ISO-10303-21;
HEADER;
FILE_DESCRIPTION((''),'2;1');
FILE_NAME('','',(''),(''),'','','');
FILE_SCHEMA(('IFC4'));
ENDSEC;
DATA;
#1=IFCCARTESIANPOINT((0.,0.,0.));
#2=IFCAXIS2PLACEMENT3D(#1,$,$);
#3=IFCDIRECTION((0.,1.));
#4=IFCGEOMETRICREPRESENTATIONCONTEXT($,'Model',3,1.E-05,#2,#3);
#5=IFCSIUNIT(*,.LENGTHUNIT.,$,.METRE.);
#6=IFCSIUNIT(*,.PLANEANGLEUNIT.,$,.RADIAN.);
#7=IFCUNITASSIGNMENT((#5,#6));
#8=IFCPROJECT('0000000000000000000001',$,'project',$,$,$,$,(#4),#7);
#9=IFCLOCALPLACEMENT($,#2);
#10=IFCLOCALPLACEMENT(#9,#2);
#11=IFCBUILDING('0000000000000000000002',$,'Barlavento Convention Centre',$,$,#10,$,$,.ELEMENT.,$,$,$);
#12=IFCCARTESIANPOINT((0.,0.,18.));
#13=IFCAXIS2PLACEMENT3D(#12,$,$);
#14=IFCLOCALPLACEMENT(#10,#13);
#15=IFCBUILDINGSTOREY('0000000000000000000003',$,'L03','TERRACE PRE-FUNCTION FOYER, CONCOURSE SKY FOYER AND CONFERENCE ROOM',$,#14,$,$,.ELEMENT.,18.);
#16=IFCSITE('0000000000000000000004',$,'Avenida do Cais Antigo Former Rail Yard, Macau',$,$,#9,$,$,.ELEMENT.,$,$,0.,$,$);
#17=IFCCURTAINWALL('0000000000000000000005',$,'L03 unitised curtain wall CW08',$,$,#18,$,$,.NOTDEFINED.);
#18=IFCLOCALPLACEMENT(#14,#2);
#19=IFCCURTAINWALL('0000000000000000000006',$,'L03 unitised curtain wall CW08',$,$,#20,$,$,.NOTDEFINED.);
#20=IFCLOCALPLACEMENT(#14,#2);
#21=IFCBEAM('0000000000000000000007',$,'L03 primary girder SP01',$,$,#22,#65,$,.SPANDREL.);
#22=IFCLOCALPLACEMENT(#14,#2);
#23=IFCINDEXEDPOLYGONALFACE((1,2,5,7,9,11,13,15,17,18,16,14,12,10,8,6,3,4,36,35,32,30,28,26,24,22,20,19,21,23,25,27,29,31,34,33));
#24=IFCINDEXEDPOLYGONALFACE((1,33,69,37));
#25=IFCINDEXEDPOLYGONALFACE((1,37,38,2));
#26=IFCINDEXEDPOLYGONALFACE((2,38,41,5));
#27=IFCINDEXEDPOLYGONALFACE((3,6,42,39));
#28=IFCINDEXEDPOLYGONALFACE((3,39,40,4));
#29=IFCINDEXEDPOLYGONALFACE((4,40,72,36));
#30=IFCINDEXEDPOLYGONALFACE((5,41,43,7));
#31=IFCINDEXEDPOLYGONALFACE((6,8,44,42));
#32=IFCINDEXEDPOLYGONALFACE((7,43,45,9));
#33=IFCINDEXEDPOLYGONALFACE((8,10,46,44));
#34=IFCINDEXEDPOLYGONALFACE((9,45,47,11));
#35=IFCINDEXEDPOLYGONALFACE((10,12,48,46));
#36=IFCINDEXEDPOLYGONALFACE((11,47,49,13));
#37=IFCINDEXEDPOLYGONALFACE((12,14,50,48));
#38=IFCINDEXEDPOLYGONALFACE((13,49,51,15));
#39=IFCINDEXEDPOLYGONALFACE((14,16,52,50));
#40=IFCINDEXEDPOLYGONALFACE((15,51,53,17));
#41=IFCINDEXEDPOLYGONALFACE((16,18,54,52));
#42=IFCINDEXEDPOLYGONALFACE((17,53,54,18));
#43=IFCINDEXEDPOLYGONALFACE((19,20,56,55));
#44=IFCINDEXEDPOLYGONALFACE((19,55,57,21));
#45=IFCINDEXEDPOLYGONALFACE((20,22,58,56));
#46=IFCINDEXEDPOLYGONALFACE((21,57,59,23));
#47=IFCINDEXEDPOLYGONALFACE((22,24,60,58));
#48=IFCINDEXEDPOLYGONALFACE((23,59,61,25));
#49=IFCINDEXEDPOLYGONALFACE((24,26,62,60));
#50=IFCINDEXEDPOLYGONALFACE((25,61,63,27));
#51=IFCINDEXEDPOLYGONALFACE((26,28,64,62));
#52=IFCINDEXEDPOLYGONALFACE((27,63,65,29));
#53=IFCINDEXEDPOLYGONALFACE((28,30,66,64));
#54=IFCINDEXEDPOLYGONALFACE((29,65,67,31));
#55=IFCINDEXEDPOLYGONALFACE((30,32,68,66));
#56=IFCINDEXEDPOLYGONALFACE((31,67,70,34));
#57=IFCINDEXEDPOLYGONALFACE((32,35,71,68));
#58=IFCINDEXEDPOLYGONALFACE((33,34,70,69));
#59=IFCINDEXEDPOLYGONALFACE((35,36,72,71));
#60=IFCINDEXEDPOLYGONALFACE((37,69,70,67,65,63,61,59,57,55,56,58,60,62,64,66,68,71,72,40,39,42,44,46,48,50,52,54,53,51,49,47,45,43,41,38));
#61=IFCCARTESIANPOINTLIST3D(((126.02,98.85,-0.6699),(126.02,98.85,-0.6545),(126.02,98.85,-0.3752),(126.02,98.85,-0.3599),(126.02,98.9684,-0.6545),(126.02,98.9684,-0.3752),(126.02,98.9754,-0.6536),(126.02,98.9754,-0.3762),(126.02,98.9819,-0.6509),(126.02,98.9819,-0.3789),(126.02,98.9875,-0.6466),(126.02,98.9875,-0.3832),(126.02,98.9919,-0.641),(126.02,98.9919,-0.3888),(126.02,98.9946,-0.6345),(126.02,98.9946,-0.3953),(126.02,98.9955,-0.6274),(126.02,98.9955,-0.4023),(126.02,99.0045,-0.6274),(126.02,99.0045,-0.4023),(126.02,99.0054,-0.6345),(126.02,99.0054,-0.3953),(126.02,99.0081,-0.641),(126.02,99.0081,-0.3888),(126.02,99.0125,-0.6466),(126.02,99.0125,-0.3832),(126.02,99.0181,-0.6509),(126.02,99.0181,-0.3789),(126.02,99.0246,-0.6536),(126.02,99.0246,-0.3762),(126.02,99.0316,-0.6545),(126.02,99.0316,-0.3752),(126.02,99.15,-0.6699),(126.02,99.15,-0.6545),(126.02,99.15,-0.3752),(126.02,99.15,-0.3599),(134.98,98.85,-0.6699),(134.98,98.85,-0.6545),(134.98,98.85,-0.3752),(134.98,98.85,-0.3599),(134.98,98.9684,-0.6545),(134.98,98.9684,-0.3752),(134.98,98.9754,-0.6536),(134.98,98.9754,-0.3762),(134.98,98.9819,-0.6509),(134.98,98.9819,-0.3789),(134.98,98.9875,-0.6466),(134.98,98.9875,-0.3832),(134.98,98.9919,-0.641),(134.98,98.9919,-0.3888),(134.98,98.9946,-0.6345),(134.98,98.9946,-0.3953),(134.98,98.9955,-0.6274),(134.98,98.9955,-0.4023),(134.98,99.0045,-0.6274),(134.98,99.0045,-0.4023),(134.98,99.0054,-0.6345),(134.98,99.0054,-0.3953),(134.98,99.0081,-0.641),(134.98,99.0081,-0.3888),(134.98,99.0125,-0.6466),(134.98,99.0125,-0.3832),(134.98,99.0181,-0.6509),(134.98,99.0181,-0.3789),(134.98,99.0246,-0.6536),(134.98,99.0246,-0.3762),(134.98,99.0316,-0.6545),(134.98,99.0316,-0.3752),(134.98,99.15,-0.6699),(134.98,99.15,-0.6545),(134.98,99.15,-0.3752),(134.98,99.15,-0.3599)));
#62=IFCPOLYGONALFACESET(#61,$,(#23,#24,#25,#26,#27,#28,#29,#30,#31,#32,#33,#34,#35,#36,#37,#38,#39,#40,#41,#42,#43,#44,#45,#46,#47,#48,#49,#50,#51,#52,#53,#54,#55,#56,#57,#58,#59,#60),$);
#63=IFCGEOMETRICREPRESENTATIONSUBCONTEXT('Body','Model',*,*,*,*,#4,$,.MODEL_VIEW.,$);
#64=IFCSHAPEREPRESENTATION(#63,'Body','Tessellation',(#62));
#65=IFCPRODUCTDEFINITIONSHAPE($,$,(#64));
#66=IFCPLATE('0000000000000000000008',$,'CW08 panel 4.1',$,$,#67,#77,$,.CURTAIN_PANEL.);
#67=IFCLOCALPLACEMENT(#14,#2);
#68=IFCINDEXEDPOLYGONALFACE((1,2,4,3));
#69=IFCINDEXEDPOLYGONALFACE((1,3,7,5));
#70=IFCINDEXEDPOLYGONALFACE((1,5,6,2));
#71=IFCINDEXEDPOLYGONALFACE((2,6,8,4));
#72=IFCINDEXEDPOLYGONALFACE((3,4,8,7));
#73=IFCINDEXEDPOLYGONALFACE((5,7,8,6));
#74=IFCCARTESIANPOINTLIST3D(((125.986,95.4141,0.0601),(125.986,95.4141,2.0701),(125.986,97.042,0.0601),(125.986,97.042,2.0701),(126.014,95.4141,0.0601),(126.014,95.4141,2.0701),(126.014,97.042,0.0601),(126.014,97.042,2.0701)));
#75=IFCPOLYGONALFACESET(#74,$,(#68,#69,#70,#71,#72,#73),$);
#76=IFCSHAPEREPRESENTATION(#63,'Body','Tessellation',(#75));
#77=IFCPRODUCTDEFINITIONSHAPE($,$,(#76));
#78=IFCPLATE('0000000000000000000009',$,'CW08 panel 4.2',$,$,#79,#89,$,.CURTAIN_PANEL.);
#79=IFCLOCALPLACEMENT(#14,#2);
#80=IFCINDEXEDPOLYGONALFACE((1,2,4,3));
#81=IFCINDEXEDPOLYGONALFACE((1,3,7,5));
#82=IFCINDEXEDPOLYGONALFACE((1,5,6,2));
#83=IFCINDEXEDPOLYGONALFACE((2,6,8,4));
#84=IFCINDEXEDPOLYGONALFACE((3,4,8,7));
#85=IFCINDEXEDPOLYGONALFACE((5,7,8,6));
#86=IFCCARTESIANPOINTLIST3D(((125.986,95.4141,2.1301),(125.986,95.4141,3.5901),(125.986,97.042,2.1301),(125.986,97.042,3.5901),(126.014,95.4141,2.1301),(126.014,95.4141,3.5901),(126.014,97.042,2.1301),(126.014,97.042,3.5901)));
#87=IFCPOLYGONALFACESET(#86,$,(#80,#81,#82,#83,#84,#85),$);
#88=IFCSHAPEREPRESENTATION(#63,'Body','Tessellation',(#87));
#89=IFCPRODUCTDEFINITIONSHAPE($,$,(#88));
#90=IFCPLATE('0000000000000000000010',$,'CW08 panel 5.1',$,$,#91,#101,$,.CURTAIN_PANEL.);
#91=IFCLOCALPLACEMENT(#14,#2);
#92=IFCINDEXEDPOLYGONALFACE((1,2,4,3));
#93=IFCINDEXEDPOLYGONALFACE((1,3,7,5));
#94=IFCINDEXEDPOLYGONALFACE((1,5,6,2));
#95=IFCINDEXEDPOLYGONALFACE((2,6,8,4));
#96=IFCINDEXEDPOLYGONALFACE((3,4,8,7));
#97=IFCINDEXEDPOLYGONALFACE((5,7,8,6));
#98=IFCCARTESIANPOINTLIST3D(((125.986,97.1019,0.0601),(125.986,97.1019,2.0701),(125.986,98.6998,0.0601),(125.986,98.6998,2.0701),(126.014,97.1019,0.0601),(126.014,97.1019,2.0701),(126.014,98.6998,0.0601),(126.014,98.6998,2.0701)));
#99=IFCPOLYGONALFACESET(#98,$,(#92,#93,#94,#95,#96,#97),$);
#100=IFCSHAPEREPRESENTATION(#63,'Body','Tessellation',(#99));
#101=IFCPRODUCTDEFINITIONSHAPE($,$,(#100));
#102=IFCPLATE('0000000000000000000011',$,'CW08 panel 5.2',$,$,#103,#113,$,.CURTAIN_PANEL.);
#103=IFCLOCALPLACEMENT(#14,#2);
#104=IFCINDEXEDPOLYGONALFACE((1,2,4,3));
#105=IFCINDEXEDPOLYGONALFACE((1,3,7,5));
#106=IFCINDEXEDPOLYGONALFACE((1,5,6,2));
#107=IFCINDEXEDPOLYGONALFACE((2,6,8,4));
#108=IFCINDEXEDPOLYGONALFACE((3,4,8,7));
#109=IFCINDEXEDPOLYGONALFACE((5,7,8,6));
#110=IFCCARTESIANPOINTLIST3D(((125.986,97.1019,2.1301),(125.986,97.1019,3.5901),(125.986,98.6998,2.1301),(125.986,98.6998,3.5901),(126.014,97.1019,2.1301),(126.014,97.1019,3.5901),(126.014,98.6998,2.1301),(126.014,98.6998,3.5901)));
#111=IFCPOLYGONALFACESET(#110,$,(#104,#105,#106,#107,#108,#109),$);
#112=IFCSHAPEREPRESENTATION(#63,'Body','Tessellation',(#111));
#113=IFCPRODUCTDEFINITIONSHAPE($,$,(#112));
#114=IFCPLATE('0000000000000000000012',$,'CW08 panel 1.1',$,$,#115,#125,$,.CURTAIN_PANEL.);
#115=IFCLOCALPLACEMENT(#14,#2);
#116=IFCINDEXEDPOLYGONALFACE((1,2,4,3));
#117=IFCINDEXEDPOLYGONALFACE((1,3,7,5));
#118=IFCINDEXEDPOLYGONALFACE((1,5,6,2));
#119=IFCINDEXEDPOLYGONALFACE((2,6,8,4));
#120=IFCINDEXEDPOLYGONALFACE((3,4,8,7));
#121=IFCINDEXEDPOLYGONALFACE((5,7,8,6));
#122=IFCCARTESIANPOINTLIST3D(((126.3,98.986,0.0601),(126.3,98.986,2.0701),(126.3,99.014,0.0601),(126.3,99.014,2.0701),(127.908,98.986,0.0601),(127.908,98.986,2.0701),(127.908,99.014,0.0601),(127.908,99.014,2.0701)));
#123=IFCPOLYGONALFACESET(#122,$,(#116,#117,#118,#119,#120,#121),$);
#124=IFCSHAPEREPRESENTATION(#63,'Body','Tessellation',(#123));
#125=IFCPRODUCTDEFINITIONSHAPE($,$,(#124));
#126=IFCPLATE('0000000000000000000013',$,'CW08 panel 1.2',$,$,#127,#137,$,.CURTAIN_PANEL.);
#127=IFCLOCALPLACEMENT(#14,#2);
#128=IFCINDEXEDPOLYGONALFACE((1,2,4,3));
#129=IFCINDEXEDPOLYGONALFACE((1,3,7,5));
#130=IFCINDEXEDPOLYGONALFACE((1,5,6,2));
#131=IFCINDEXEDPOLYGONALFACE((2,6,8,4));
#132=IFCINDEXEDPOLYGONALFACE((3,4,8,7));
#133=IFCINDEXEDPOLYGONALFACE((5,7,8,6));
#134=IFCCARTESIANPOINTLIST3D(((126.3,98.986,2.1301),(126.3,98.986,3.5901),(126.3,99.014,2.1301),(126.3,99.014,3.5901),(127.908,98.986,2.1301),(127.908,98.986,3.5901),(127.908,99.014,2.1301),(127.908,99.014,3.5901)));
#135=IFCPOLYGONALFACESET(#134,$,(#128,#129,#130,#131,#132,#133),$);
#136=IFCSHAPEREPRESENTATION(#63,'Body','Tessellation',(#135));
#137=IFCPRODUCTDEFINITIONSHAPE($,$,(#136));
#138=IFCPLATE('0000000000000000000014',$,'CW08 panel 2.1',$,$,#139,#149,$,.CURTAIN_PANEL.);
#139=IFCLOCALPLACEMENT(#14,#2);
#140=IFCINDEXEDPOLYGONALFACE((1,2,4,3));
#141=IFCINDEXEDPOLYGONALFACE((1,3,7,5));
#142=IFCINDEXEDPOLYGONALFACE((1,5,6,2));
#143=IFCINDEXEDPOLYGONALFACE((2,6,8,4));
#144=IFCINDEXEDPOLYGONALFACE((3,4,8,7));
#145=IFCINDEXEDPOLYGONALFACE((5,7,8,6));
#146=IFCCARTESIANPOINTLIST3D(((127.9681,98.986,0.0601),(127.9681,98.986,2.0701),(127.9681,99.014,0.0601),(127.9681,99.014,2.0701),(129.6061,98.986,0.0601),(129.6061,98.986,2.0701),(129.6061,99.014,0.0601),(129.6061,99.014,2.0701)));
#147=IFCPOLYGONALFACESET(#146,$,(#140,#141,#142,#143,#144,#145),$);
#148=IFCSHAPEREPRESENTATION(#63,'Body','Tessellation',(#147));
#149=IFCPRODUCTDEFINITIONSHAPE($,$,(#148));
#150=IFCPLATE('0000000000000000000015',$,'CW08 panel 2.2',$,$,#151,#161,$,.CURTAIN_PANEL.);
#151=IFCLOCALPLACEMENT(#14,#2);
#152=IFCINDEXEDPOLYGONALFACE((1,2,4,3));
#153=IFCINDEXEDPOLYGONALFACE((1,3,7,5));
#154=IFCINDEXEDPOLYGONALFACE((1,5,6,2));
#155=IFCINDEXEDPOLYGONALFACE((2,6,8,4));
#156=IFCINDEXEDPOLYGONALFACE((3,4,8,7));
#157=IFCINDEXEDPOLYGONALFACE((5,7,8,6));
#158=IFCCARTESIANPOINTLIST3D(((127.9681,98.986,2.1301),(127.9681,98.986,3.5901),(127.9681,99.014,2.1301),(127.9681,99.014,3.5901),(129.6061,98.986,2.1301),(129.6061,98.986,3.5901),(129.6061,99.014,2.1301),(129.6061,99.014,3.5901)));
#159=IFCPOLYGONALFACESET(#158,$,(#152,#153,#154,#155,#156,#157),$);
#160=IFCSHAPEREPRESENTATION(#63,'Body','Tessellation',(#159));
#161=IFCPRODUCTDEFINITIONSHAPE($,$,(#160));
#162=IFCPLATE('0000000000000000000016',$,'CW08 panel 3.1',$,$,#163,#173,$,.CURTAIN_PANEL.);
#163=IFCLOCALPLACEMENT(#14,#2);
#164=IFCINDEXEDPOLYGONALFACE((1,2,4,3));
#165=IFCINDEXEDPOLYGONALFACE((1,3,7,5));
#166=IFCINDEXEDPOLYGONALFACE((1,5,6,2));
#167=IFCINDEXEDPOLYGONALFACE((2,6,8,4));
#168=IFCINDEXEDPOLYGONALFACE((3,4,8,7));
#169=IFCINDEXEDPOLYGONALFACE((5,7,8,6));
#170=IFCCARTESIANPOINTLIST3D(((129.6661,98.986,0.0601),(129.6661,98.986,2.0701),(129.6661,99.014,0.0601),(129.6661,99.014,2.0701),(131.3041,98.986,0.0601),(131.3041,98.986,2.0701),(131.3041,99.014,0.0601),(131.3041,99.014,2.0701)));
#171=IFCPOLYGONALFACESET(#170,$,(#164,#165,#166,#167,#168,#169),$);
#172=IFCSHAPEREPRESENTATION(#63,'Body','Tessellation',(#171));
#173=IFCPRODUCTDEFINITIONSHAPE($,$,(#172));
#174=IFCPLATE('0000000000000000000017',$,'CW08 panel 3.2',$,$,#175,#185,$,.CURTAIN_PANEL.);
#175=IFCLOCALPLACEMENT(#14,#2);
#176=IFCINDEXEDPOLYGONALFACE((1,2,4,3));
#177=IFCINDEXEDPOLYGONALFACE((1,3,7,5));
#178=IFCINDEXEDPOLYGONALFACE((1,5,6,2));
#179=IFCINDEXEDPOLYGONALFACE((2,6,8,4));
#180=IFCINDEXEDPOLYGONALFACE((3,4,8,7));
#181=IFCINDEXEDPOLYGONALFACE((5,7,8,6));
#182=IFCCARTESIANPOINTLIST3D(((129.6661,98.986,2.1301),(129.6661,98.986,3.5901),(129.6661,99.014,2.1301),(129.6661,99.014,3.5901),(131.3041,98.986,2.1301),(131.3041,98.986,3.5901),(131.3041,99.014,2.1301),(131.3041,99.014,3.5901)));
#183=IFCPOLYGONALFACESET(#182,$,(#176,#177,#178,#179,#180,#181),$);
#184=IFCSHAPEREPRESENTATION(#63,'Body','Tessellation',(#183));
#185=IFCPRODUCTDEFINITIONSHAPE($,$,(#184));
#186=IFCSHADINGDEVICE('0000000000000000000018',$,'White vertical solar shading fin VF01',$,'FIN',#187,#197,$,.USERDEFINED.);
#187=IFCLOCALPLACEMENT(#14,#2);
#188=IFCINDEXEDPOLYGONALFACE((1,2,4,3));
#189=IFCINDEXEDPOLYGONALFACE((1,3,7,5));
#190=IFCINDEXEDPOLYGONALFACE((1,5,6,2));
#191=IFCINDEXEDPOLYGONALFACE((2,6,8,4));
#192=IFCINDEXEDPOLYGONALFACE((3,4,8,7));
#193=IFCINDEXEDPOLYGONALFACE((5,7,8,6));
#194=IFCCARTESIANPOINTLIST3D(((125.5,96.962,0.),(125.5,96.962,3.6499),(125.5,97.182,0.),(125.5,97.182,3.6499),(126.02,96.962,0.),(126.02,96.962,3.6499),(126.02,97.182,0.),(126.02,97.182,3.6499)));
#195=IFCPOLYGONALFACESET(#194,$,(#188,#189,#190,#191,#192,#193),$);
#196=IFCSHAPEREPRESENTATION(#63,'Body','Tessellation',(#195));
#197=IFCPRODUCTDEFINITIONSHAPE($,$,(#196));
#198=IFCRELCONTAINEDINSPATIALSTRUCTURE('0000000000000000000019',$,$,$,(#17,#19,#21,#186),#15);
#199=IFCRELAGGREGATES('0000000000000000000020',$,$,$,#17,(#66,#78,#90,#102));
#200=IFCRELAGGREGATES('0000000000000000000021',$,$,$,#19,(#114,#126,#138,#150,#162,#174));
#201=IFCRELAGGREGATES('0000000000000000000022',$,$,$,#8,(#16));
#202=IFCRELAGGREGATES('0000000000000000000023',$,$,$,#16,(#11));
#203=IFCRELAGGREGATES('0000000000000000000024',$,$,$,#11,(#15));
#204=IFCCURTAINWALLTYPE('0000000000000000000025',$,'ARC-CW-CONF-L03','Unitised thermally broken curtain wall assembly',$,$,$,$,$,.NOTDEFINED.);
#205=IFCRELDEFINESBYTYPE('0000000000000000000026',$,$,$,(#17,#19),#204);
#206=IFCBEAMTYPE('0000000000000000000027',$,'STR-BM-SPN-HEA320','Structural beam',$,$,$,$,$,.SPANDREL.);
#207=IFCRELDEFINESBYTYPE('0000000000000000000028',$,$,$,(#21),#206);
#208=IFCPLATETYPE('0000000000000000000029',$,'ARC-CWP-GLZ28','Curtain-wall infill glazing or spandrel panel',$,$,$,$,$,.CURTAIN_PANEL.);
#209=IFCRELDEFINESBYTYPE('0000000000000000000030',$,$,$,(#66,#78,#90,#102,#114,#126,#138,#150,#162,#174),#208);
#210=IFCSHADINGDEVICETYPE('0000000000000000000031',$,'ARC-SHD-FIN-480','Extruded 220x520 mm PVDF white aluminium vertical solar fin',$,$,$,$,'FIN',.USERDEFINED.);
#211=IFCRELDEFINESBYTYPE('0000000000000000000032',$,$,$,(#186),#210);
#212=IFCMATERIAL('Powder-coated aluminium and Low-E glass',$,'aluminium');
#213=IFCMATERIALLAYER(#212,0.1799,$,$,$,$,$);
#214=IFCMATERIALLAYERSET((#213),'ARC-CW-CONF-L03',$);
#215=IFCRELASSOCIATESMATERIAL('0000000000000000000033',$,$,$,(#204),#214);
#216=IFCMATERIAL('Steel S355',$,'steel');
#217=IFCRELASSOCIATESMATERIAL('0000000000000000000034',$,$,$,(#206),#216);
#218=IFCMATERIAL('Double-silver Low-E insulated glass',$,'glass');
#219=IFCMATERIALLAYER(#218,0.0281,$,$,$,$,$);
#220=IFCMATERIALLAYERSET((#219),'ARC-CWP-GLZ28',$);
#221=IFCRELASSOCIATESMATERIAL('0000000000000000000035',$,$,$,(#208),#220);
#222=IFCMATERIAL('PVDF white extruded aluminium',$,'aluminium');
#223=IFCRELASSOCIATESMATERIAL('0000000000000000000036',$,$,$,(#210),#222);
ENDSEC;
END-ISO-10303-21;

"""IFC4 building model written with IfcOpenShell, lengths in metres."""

from ifc_helpers import new_model, si_unit, direction, frame, origin, origin_2d, place, context, subcontext, project, spatial, rectangle, i_section, extrude, material, layer, layer_set, material_profile, profile_set, type_object, element, aggregate, save


model = new_model("IFC4")

# Units and contexts
model_context = context("Model", 3, precision=1e-05, world=origin(), true_north=direction((0.0, 1.0)))
body_context = subcontext(model_context, "Body", "Model", "MODEL_VIEW")
ifc_project = project(units=[si_unit("LENGTHUNIT", "METRE"), si_unit("PLANEANGLEUNIT", "RADIAN")], contexts=[model_context])

# Site, building, storey
site_placement = place(None, origin())
site = spatial("IfcSite", under=ifc_project, at=site_placement, Name="Avenida do Cais Antigo Former Rail Yard, Macau", CompositionType="ELEMENT", RefElevation=0.0)
building_placement = place(site_placement, origin())
building = spatial("IfcBuilding", under=site, at=building_placement, Name="Barlavento Convention Centre", CompositionType="ELEMENT")
storey_placement = place(building_placement, frame((0.0, 0.0, 18.0)))
storey = spatial("IfcBuildingStorey", under=building, at=storey_placement, Name="L03", Description="TERRACE PRE-FUNCTION FOYER, CONCOURSE SKY FOYER AND CONFERENCE ROOM", CompositionType="ELEMENT", Elevation=18.0)

# Shared definitions
ifc_material_1 = material(Name="Steel S355", Category="steel")

# Curtain walls
ifc_material_2 = material(Name="Powder-coated aluminium and Low-E glass", Category="aluminium")
ifc_layer_1 = layer(ifc_material_2, 0.1799)
ifc_layer_set_1 = layer_set([ifc_layer_1], Name="ARC-CW-CONF-L03")
curtain_wall_type = type_object("IfcCurtainWallType", Name="ARC-CW-CONF-L03", Description="Unitised thermally broken curtain wall assembly", PredefinedType="NOTDEFINED", material=ifc_layer_set_1)
curtain_wall_1_placement = place(storey_placement, origin())
curtain_wall_1 = element("IfcCurtainWall", 1, at=curtain_wall_1_placement, inside=storey, type_object=curtain_wall_type, Name="L03 unitised curtain wall CW08", PredefinedType="NOTDEFINED")
curtain_wall_2_placement = place(storey_placement, origin())
curtain_wall_2 = element("IfcCurtainWall", 2, at=curtain_wall_2_placement, inside=storey, type_object=curtain_wall_type, Name="L03 unitised curtain wall CW08", PredefinedType="NOTDEFINED")

# Beam
ifc_material_profile_1 = material_profile(ifc_material_1, i_section(OverallWidth=0.3, OverallDepth=0.3101, WebThickness=0.009, FlangeThickness=0.0154, FilletRadius=0.0271, at=origin_2d()), Name="HEA 320")
ifc_profile_set_1 = profile_set([ifc_material_profile_1], Name="Steel S355")
beam_type = type_object("IfcBeamType", Name="STR-BM-SPN-HEA320", Description="Structural beam", PredefinedType="SPANDREL", material=ifc_profile_set_1)
beam_placement = place(storey_placement, frame((126.02, 99.0, -0.5149), z_axis=(1.0, 0.0, 0.0), x_axis=(0.0, 1.0, 0.0)))
element("IfcBeam", 3, at=beam_placement, inside=storey, type_object=beam_type, Name="L03 primary girder SP01", PredefinedType="SPANDREL", context=body_context, shape_type="SweptSolid", body=[
    extrude(i_section(OverallWidth=0.3, OverallDepth=0.3101, WebThickness=0.009, FlangeThickness=0.0154, FilletRadius=0.0271, at=origin_2d()), origin(), (0.0, 0.0, 1.0), 8.96),
])

# Plates
ifc_material_3 = material(Name="Double-silver Low-E insulated glass", Category="glass")
ifc_layer_2 = layer(ifc_material_3, 0.0281)
ifc_layer_set_2 = layer_set([ifc_layer_2], Name="ARC-CWP-GLZ28")
plate_type = type_object("IfcPlateType", Name="ARC-CWP-GLZ28", Description="Curtain-wall infill glazing or spandrel panel", PredefinedType="CURTAIN_PANEL", material=ifc_layer_set_2)
plate_1_placement = place(storey_placement, frame((126.0, 96.228, 0.0601), z_axis=(0.0, 0.0, 1.0), x_axis=(0.0, 1.0, 0.0)))
plate_1 = element("IfcPlate", 4, at=plate_1_placement, type_object=plate_type, Name="CW08 panel 4.1", PredefinedType="CURTAIN_PANEL", context=body_context, shape_type="SweptSolid", body=[
    extrude(rectangle(XDim=1.6279, YDim=0.0281, at=origin_2d()), origin(), (0.0, 0.0, 1.0), 2.01),
])
plate_2_placement = place(storey_placement, frame((126.0, 96.228, 2.1301), z_axis=(0.0, 0.0, 1.0), x_axis=(0.0, 1.0, 0.0)))
plate_2 = element("IfcPlate", 5, at=plate_2_placement, type_object=plate_type, Name="CW08 panel 4.2", PredefinedType="CURTAIN_PANEL", context=body_context, shape_type="SweptSolid", body=[
    extrude(rectangle(XDim=1.6279, YDim=0.0281, at=origin_2d()), origin(), (0.0, 0.0, 1.0), 1.46),
])
plate_3_placement = place(storey_placement, frame((126.0, 97.9009, 0.0601), z_axis=(0.0, 0.0, 1.0), x_axis=(0.0, 1.0, 0.0)))
plate_3 = element("IfcPlate", 6, at=plate_3_placement, type_object=plate_type, Name="CW08 panel 5.1", PredefinedType="CURTAIN_PANEL", context=body_context, shape_type="SweptSolid", body=[
    extrude(rectangle(XDim=1.5979, YDim=0.0281, at=origin_2d()), origin(), (0.0, 0.0, 1.0), 2.01),
])
plate_4_placement = place(storey_placement, frame((126.0, 97.9009, 2.1301), z_axis=(0.0, 0.0, 1.0), x_axis=(0.0, 1.0, 0.0)))
plate_4 = element("IfcPlate", 7, at=plate_4_placement, type_object=plate_type, Name="CW08 panel 5.2", PredefinedType="CURTAIN_PANEL", context=body_context, shape_type="SweptSolid", body=[
    extrude(rectangle(XDim=1.5979, YDim=0.0281, at=origin_2d()), origin(), (0.0, 0.0, 1.0), 1.46),
])
aggregate(curtain_wall_1, [plate_1, plate_2, plate_3, plate_4])
plate_5_placement = place(storey_placement, frame((127.104, 99.0, 0.0601), z_axis=(0.0, 0.0, 1.0), x_axis=(1.0, 0.0, 0.0)))
plate_5 = element("IfcPlate", 8, at=plate_5_placement, type_object=plate_type, Name="CW08 panel 1.1", PredefinedType="CURTAIN_PANEL", context=body_context, shape_type="SweptSolid", body=[
    extrude(rectangle(XDim=1.6079, YDim=0.0281, at=origin_2d()), origin(), (0.0, 0.0, 1.0), 2.01),
])
plate_6_placement = place(storey_placement, frame((127.104, 99.0, 2.1301), z_axis=(0.0, 0.0, 1.0), x_axis=(1.0, 0.0, 0.0)))
plate_6 = element("IfcPlate", 9, at=plate_6_placement, type_object=plate_type, Name="CW08 panel 1.2", PredefinedType="CURTAIN_PANEL", context=body_context, shape_type="SweptSolid", body=[
    extrude(rectangle(XDim=1.6079, YDim=0.0281, at=origin_2d()), origin(), (0.0, 0.0, 1.0), 1.46),
])
plate_7_placement = place(storey_placement, frame((128.7871, 99.0, 0.0601), z_axis=(0.0, 0.0, 1.0), x_axis=(1.0, 0.0, 0.0)))
plate_7 = element("IfcPlate", 10, at=plate_7_placement, type_object=plate_type, Name="CW08 panel 2.1", PredefinedType="CURTAIN_PANEL", context=body_context, shape_type="SweptSolid", body=[
    extrude(rectangle(XDim=1.6379, YDim=0.0281, at=origin_2d()), origin(), (0.0, 0.0, 1.0), 2.01),
])
plate_8_placement = place(storey_placement, frame((128.7871, 99.0, 2.1301), z_axis=(0.0, 0.0, 1.0), x_axis=(1.0, 0.0, 0.0)))
plate_8 = element("IfcPlate", 11, at=plate_8_placement, type_object=plate_type, Name="CW08 panel 2.2", PredefinedType="CURTAIN_PANEL", context=body_context, shape_type="SweptSolid", body=[
    extrude(rectangle(XDim=1.6379, YDim=0.0281, at=origin_2d()), origin(), (0.0, 0.0, 1.0), 1.46),
])
plate_9_placement = place(storey_placement, frame((130.4851, 99.0, 0.0601), z_axis=(0.0, 0.0, 1.0), x_axis=(1.0, 0.0, 0.0)))
plate_9 = element("IfcPlate", 12, at=plate_9_placement, type_object=plate_type, Name="CW08 panel 3.1", PredefinedType="CURTAIN_PANEL", context=body_context, shape_type="SweptSolid", body=[
    extrude(rectangle(XDim=1.6379, YDim=0.0281, at=origin_2d()), origin(), (0.0, 0.0, 1.0), 2.01),
])
plate_10_placement = place(storey_placement, frame((130.4851, 99.0, 2.1301), z_axis=(0.0, 0.0, 1.0), x_axis=(1.0, 0.0, 0.0)))
plate_10 = element("IfcPlate", 13, at=plate_10_placement, type_object=plate_type, Name="CW08 panel 3.2", PredefinedType="CURTAIN_PANEL", context=body_context, shape_type="SweptSolid", body=[
    extrude(rectangle(XDim=1.6379, YDim=0.0281, at=origin_2d()), origin(), (0.0, 0.0, 1.0), 1.46),
])
aggregate(curtain_wall_2, [plate_5, plate_6, plate_7, plate_8, plate_9, plate_10])

# Shading device
ifc_material_4 = material(Name="PVDF white extruded aluminium", Category="aluminium")
shading_device_type = type_object("IfcShadingDeviceType", Name="ARC-SHD-FIN-480", Description="Extruded 220x520 mm PVDF white aluminium vertical solar fin", ElementType="FIN", PredefinedType="USERDEFINED", material=ifc_material_4)
for number, where, z_axis, x_axis, name in (
    (14, (125.76, 97.072, 0.0), (0.0, 0.0, 1.0), (0.0, 1.0, 0.0), "White vertical solar shading fin VF01"),
):
    element("IfcShadingDevice", number, at=place(storey_placement, frame(where, z_axis=z_axis, x_axis=x_axis)), inside=storey, type_object=shading_device_type, Name=name, ObjectType="FIN", PredefinedType="USERDEFINED", context=body_context, shape_type="SweptSolid", body=[
        extrude(rectangle(XDim=0.22, YDim=0.52, at=origin_2d()), origin(), (0.0, 0.0, 1.0), 3.6499),
    ])

save(model, "model.ifc")
